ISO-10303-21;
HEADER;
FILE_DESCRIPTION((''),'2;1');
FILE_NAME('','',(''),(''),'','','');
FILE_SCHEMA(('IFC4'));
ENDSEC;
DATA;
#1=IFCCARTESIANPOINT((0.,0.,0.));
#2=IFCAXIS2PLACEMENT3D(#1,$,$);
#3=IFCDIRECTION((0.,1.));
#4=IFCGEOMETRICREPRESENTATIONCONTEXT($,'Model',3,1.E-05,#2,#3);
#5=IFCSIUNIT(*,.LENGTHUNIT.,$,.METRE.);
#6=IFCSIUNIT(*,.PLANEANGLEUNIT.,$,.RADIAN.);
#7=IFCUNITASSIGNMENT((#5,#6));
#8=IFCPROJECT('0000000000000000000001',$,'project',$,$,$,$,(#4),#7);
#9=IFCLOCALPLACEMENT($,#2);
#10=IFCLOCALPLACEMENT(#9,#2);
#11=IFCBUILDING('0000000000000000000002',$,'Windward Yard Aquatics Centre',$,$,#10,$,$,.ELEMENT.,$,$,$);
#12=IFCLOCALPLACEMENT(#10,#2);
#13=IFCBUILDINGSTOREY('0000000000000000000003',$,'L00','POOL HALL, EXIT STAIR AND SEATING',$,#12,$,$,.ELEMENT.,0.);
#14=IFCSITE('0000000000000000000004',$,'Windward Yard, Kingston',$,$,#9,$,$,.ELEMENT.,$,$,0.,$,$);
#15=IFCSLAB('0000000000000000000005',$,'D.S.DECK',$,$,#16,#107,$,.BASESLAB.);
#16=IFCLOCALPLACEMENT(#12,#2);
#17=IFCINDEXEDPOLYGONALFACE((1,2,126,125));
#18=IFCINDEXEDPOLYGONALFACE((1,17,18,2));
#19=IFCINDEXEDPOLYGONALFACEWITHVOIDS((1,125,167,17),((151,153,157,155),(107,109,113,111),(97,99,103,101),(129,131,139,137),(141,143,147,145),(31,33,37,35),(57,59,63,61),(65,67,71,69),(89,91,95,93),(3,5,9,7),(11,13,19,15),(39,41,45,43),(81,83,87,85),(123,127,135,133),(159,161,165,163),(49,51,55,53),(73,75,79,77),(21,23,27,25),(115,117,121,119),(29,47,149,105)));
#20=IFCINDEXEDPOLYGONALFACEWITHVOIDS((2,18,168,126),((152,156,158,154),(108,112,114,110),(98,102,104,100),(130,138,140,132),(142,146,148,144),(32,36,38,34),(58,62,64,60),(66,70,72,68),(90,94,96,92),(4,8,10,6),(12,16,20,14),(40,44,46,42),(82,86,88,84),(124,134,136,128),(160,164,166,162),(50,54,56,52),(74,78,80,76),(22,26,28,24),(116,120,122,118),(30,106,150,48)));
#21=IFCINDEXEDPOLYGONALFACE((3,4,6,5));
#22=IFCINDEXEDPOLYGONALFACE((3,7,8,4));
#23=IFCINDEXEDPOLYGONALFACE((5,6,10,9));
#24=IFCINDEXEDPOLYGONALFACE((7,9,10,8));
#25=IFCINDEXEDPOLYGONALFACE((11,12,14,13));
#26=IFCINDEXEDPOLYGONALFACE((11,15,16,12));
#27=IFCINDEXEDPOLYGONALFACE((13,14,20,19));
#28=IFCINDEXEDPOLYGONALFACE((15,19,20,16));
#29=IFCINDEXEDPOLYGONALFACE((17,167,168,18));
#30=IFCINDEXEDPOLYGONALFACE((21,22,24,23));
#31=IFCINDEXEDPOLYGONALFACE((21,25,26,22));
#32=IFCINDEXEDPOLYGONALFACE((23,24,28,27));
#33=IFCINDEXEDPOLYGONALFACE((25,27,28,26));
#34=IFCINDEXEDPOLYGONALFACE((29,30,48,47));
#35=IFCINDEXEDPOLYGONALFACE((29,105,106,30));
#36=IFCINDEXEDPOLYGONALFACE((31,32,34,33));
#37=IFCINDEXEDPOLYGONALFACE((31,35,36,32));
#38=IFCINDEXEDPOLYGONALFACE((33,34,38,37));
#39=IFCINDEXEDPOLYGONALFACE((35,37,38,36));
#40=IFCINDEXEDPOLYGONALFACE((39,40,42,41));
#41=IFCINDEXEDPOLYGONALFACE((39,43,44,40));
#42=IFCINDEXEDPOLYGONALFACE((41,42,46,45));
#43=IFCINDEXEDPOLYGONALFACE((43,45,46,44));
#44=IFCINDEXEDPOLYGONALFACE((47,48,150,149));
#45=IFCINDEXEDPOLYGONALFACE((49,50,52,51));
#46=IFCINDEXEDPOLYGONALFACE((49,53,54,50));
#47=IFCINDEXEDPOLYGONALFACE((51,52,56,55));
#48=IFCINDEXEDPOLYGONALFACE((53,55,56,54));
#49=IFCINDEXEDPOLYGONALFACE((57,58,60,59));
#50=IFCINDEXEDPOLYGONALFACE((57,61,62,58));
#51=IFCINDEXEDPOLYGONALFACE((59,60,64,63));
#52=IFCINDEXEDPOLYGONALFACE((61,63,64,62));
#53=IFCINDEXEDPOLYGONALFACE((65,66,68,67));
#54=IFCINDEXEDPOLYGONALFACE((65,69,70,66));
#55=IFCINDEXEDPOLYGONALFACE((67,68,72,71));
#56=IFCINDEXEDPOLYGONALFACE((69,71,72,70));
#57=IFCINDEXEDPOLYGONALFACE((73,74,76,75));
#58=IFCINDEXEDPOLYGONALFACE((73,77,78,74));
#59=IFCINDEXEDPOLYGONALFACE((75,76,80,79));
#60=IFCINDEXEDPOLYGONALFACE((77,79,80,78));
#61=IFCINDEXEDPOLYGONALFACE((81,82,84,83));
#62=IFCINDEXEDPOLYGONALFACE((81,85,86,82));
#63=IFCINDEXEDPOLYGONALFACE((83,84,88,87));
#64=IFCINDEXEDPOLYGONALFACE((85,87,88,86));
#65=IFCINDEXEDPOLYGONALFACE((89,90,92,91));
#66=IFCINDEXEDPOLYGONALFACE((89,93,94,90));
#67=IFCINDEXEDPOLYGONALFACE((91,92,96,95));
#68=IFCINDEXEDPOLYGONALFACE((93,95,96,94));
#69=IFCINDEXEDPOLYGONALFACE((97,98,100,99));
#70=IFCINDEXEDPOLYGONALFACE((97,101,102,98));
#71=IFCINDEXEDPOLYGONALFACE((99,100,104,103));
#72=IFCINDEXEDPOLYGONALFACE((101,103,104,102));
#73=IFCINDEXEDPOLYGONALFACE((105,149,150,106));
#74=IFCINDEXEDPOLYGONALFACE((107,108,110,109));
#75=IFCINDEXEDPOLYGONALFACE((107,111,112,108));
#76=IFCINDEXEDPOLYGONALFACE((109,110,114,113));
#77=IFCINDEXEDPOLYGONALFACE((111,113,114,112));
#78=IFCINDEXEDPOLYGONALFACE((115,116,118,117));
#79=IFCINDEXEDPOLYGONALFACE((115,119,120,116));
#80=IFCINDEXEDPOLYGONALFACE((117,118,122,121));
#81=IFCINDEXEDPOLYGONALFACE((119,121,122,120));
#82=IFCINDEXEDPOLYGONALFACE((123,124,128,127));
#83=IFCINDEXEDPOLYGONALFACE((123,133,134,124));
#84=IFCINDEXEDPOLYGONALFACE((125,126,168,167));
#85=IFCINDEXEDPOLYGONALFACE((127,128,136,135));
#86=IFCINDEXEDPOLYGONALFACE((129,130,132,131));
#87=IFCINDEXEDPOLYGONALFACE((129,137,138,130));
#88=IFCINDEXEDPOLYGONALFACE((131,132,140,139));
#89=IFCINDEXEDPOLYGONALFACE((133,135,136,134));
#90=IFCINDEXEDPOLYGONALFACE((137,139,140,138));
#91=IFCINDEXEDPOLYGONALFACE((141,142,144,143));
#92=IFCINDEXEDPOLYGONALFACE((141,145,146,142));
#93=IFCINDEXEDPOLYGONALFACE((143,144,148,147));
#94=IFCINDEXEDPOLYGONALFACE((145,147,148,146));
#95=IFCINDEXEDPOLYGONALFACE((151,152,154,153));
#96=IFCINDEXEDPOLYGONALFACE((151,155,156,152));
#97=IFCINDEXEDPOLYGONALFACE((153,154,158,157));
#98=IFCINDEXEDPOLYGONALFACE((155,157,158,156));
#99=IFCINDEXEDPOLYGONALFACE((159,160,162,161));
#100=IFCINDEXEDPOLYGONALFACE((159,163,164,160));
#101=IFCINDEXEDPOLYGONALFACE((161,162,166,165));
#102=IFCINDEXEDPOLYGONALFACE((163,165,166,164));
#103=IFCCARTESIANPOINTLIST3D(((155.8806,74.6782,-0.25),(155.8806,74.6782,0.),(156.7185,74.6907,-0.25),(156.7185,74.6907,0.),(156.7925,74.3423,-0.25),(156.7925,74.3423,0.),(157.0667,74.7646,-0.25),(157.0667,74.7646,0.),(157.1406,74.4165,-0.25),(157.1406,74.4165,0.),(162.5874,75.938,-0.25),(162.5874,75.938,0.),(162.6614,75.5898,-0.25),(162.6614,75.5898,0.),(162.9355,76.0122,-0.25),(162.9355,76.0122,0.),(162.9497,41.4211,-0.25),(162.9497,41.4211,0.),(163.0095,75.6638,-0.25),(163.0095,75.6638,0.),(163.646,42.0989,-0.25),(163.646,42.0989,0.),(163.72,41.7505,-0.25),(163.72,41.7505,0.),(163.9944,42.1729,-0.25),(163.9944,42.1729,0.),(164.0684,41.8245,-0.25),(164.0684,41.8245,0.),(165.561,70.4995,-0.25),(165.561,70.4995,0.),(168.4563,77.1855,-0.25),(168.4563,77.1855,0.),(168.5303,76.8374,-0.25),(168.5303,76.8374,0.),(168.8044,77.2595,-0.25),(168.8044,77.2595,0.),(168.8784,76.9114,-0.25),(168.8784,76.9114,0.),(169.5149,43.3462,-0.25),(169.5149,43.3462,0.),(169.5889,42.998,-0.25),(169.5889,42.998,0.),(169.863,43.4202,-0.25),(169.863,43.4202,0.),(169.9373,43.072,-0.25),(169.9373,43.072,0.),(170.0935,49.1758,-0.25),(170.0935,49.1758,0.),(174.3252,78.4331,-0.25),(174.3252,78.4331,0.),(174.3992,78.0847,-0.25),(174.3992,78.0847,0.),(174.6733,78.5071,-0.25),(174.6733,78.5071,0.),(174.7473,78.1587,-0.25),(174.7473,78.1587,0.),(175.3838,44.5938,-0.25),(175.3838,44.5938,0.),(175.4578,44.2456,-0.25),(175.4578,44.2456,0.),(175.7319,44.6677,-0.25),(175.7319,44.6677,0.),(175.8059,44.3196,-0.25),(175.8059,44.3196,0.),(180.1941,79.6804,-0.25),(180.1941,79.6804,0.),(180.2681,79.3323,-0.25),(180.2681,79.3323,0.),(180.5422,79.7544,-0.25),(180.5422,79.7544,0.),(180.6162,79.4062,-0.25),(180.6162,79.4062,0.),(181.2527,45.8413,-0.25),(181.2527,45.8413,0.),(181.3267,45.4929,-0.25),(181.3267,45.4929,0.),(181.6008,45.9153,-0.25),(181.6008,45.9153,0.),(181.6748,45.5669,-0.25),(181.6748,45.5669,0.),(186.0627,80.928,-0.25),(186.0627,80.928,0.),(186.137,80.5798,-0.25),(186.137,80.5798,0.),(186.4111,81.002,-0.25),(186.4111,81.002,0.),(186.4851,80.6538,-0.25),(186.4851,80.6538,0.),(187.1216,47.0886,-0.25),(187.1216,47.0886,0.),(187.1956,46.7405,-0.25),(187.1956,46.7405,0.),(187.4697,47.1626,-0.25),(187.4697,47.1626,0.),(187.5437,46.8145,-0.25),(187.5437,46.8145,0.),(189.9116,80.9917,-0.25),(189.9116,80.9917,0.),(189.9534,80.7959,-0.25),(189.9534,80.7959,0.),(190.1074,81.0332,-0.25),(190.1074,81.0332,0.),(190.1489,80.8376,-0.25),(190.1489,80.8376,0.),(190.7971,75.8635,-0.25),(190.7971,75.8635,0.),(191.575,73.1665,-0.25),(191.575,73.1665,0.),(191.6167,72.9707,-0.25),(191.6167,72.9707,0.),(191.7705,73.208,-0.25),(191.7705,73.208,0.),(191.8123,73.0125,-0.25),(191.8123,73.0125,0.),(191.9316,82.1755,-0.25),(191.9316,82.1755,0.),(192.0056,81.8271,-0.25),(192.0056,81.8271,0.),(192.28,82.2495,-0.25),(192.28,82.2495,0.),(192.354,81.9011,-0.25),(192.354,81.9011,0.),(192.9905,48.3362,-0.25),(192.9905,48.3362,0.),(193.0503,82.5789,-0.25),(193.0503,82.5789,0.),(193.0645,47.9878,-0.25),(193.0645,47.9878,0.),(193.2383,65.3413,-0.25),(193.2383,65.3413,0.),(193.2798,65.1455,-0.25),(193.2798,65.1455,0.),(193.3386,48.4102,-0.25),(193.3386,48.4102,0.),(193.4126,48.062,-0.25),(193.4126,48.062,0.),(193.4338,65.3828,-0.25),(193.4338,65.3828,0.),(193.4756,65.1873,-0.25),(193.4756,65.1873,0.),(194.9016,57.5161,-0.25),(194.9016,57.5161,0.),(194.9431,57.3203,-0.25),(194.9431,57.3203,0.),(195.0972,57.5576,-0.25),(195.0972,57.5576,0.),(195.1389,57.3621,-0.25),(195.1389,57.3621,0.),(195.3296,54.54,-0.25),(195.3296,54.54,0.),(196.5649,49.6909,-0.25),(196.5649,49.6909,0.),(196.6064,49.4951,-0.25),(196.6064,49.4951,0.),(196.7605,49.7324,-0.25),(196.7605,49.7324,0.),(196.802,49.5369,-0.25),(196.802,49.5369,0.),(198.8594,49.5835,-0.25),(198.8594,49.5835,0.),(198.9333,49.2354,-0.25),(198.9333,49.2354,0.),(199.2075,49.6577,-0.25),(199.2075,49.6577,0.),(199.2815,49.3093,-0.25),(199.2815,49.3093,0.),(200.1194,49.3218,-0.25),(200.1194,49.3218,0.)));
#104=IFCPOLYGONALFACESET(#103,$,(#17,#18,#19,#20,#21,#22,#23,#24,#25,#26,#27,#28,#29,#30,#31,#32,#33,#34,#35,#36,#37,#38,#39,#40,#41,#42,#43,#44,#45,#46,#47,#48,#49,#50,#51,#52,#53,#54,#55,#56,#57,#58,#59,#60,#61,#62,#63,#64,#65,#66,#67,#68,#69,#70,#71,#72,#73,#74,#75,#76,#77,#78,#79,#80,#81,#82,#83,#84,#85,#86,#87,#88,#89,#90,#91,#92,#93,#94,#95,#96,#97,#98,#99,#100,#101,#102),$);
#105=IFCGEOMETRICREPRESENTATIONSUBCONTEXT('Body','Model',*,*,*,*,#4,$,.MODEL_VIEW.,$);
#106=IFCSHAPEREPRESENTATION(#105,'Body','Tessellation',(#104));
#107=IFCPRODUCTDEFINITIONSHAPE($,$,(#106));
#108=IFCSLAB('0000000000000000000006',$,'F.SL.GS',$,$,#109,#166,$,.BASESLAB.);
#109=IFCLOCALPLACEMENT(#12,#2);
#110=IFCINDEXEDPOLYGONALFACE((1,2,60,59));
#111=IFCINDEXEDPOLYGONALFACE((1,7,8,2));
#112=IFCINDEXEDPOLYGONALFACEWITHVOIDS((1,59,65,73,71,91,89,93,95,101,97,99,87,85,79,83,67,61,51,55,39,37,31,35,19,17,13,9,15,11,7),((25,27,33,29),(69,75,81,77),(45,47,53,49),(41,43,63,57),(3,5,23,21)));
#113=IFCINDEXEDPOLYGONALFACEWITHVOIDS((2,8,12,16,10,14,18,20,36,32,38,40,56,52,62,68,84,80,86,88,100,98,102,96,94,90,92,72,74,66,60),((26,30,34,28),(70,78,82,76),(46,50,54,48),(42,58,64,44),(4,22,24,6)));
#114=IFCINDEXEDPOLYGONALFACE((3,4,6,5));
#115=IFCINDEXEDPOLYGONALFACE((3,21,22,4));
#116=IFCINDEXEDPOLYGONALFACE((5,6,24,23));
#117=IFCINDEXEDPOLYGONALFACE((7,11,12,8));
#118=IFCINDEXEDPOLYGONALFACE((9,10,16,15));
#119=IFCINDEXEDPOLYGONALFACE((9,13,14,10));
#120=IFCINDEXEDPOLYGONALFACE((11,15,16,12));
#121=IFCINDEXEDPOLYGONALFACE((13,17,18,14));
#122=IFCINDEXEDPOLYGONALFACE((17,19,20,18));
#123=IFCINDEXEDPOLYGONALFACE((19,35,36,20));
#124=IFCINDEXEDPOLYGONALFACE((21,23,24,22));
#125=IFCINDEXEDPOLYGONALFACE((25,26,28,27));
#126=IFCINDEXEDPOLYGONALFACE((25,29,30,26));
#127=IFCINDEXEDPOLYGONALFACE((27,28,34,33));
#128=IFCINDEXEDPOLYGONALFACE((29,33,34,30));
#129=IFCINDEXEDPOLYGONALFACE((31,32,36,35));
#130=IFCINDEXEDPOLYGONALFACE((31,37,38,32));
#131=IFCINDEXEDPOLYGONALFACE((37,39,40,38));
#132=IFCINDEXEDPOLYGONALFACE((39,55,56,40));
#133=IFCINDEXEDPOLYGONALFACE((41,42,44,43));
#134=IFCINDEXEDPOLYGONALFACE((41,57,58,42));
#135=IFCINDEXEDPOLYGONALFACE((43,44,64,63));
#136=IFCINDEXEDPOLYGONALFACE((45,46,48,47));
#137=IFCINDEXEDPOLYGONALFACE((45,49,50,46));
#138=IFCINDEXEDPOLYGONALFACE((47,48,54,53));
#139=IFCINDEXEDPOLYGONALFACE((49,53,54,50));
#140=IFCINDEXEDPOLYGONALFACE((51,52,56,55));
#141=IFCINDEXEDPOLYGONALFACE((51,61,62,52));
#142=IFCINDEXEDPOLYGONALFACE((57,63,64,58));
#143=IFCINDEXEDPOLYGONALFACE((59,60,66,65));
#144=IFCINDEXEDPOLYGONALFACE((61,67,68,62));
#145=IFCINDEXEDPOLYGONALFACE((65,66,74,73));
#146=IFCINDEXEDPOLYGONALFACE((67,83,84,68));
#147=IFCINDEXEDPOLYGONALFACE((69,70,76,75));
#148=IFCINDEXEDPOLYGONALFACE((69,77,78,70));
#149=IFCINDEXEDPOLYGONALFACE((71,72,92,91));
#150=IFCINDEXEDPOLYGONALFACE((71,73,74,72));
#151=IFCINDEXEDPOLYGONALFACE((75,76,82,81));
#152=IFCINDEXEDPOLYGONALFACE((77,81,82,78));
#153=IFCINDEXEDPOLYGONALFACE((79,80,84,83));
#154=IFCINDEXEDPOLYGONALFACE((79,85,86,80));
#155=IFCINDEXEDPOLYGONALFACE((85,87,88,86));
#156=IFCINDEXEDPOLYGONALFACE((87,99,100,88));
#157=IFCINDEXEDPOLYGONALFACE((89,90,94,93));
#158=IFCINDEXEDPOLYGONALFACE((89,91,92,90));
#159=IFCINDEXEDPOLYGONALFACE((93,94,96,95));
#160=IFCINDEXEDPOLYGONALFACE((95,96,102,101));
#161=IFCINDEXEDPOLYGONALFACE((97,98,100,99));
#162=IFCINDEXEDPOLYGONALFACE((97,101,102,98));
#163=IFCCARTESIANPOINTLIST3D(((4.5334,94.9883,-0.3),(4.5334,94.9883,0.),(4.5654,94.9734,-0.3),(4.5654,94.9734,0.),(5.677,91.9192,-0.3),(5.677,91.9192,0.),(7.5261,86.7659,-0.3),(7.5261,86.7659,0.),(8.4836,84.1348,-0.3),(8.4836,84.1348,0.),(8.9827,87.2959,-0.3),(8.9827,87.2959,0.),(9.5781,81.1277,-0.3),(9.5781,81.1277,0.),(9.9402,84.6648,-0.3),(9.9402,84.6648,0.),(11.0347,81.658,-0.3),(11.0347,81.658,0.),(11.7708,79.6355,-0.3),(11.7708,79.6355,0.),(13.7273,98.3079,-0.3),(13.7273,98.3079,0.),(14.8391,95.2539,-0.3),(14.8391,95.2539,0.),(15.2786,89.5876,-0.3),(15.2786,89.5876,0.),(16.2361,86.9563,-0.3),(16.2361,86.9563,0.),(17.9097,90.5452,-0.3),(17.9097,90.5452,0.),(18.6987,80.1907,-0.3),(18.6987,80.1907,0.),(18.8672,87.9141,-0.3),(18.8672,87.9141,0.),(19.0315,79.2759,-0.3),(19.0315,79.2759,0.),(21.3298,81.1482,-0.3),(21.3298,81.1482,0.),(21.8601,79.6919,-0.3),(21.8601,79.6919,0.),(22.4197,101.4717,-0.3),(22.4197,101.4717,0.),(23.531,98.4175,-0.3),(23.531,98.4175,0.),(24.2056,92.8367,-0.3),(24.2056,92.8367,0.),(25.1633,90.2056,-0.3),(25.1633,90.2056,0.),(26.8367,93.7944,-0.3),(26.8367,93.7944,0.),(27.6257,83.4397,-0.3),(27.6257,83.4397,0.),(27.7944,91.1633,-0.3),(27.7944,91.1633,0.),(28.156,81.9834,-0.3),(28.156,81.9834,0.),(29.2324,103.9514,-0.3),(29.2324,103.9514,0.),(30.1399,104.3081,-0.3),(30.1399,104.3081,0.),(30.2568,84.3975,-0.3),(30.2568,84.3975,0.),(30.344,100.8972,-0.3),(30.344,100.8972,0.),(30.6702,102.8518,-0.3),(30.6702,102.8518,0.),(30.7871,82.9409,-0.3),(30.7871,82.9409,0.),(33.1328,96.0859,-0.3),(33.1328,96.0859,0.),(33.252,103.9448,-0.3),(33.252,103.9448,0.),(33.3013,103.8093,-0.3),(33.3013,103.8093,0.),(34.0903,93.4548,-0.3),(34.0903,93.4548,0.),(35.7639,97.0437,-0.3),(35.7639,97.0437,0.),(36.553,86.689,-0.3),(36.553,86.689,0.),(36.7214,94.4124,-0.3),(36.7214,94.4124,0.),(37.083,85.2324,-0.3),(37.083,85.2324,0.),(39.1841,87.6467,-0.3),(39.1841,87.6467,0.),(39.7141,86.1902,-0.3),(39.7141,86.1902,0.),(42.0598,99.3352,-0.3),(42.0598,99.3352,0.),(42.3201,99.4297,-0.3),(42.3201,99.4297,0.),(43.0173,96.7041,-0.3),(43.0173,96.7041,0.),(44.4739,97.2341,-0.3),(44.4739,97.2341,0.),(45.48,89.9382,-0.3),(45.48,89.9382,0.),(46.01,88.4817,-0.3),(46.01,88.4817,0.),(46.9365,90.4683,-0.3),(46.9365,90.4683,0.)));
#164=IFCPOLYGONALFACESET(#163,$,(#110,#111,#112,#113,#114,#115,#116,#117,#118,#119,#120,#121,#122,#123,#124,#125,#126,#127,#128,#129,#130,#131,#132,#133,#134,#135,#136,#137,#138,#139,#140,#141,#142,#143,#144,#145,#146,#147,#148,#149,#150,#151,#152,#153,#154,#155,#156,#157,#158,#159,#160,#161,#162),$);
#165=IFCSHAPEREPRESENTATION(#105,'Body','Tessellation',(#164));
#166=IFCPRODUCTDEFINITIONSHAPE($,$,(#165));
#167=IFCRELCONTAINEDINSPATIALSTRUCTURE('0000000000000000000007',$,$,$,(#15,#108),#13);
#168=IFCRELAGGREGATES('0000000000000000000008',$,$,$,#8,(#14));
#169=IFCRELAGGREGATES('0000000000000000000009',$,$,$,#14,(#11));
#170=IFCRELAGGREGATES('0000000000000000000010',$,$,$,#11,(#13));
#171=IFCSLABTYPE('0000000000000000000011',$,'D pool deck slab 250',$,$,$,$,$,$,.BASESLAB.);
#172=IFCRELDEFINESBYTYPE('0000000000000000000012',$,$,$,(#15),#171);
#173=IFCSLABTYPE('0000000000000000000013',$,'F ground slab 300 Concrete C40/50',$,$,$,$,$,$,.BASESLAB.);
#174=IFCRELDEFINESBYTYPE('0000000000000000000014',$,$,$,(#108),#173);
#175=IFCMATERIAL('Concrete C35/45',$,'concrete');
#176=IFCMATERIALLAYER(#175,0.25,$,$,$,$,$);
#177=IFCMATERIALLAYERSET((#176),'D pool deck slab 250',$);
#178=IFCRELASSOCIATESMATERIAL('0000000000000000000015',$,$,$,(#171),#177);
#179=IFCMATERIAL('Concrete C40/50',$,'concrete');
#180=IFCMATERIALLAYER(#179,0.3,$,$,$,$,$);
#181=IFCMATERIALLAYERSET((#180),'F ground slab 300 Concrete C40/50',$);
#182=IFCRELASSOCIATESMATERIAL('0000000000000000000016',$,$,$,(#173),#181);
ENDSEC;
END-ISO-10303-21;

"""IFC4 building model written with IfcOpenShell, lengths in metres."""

from ifc_helpers import new_model, si_unit, direction, frame, origin, place, context, subcontext, project, spatial, polyline, outline, extrude, material, layer, layer_set, type_object, element, save


model = new_model("IFC4")

# Units and contexts
model_context = context("Model", 3, precision=1e-05, world=origin(), true_north=direction((0.0, 1.0)))
body_context = subcontext(model_context, "Body", "Model", "MODEL_VIEW")
ifc_project = project(units=[si_unit("LENGTHUNIT", "METRE"), si_unit("PLANEANGLEUNIT", "RADIAN")], contexts=[model_context])

# Site, building, storey
site_placement = place(None, origin())
site = spatial("IfcSite", under=ifc_project, at=site_placement, Name="Windward Yard, Kingston", CompositionType="ELEMENT", RefElevation=0.0)
building_placement = place(site_placement, origin())
building = spatial("IfcBuilding", under=site, at=building_placement, Name="Windward Yard Aquatics Centre", CompositionType="ELEMENT")
storey_placement = place(building_placement, origin())
storey = spatial("IfcBuildingStorey", under=building, at=storey_placement, Name="L00", Description="POOL HALL, EXIT STAIR AND SEATING", CompositionType="ELEMENT", Elevation=0.0)

# Slabs
ifc_material_1 = material(Name="Concrete C35/45", Category="concrete")
ifc_layer_1 = layer(ifc_material_1, 0.25)
ifc_layer_set_1 = layer_set([ifc_layer_1], Name="D pool deck slab 250")
slab_type_1 = type_object("IfcSlabType", Name="D pool deck slab 250", PredefinedType="BASESLAB", material=ifc_layer_set_1)
slab_1_placement = place(storey_placement, frame((0.0, 0.0, -0.25)))
element("IfcSlab", 1, at=slab_1_placement, inside=storey, type_object=slab_type_1, Name="D.S.DECK", PredefinedType="BASESLAB", context=body_context, shape_type="SweptSolid", body=[
    extrude(outline(polyline([(155.8806, 74.6782), (162.9497, 41.4211), (200.1194, 49.3218), (193.0503, 82.5789), (155.8806, 74.6782)]), holes=[polyline([(163.646, 42.0989), (163.9944, 42.1729), (164.0684, 41.8245), (163.72, 41.7505), (163.646, 42.0989)]), polyline([(169.5149, 43.3462), (169.863, 43.4202), (169.9373, 43.072), (169.5889, 42.998), (169.5149, 43.3462)]), polyline([(175.3838, 44.5938), (175.7319, 44.6677), (175.8059, 44.3196), (175.4578, 44.2456), (175.3838, 44.5938)]), polyline([(181.2527, 45.8413), (181.6008, 45.9153), (181.6748, 45.5669), (181.3267, 45.4929), (181.2527, 45.8413)]), polyline([(165.561, 70.4995), (190.7971, 75.8635), (195.3296, 54.54), (170.0935, 49.1758), (165.561, 70.4995)]), polyline([(156.7185, 74.6907), (157.0667, 74.7646), (157.1406, 74.4165), (156.7925, 74.3423), (156.7185, 74.6907)]), polyline([(162.5874, 75.938), (162.9355, 76.0122), (163.0095, 75.6638), (162.6614, 75.5898), (162.5874, 75.938)]), polyline([(168.4563, 77.1855), (168.8044, 77.2595), (168.8784, 76.9114), (168.5303, 76.8374), (168.4563, 77.1855)]), polyline([(174.3252, 78.4331), (174.6733, 78.5071), (174.7473, 78.1587), (174.3992, 78.0847), (174.3252, 78.4331)]), polyline([(180.1941, 79.6804), (180.5422, 79.7544), (180.6162, 79.4062), (180.2681, 79.3323), (180.1941, 79.6804)]), polyline([(187.1216, 47.0886), (187.4697, 47.1626), (187.5437, 46.8145), (187.1956, 46.7405), (187.1216, 47.0886)]), polyline([(192.9905, 48.3362), (193.3386, 48.4102), (193.4126, 48.062), (193.0645, 47.9878), (192.9905, 48.3362)]), polyline([(198.8594, 49.5835), (199.2075, 49.6577), (199.2815, 49.3093), (198.9333, 49.2354), (198.8594, 49.5835)]), polyline([(196.5649, 49.6909), (196.7605, 49.7324), (196.802, 49.5369), (196.6064, 49.4951), (196.5649, 49.6909)]), polyline([(194.9016, 57.5161), (195.0972, 57.5576), (195.1389, 57.3621), (194.9431, 57.3203), (194.9016, 57.5161)]), polyline([(193.2383, 65.3413), (193.4338, 65.3828), (193.4756, 65.1873), (193.2798, 65.1455), (193.2383, 65.3413)]), polyline([(191.575, 73.1665), (191.7705, 73.208), (191.8123, 73.0125), (191.6167, 72.9707), (191.575, 73.1665)]), polyline([(189.9116, 80.9917), (190.1074, 81.0332), (190.1489, 80.8376), (189.9534, 80.7959), (189.9116, 80.9917)]), polyline([(186.0627, 80.928), (186.4111, 81.002), (186.4851, 80.6538), (186.137, 80.5798), (186.0627, 80.928)]), polyline([(191.9316, 82.1755), (192.28, 82.2495), (192.354, 81.9011), (192.0056, 81.8271), (191.9316, 82.1755)])]), origin(), (0.0, 0.0, 1.0), 0.25),
])
ifc_material_2 = material(Name="Concrete C40/50", Category="concrete")
ifc_layer_2 = layer(ifc_material_2, 0.3)
ifc_layer_set_2 = layer_set([ifc_layer_2], Name="F ground slab 300 Concrete C40/50")
slab_type_2 = type_object("IfcSlabType", Name="F ground slab 300 Concrete C40/50", PredefinedType="BASESLAB", material=ifc_layer_set_2)
slab_2_placement = place(storey_placement, frame((0.0, 0.0, -0.3)))
element("IfcSlab", 2, at=slab_2_placement, inside=storey, type_object=slab_type_2, Name="F.SL.GS", PredefinedType="BASESLAB", context=body_context, shape_type="SweptSolid", body=[
    extrude(outline(polyline([(4.5334, 94.9883), (7.5261, 86.7659), (8.9827, 87.2959), (9.9402, 84.6648), (8.4836, 84.1348), (9.5781, 81.1277), (11.0347, 81.658), (11.7708, 79.6355), (19.0315, 79.2759), (18.6987, 80.1907), (21.3298, 81.1482), (21.8601, 79.6919), (28.156, 81.9834), (27.6257, 83.4397), (30.2568, 84.3975), (30.7871, 82.9409), (37.083, 85.2324), (36.553, 86.689), (39.1841, 87.6467), (39.7141, 86.1902), (46.01, 88.4817), (45.48, 89.9382), (46.9365, 90.4683), (44.4739, 97.2341), (43.0173, 96.7041), (42.0598, 99.3352), (42.3201, 99.4297), (33.252, 103.9448), (33.3013, 103.8093), (30.6702, 102.8518), (30.1399, 104.3081), (4.5334, 94.9883)]), holes=[polyline([(15.2786, 89.5876), (17.9097, 90.5452), (18.8672, 87.9141), (16.2361, 86.9563), (15.2786, 89.5876)]), polyline([(24.2056, 92.8367), (26.8367, 93.7944), (27.7944, 91.1633), (25.1633, 90.2056), (24.2056, 92.8367)]), polyline([(33.1328, 96.0859), (35.7639, 97.0437), (36.7214, 94.4124), (34.0903, 93.4548), (33.1328, 96.0859)]), polyline([(22.4197, 101.4717), (29.2324, 103.9514), (30.344, 100.8972), (23.531, 98.4175), (22.4197, 101.4717)]), polyline([(4.5654, 94.9734), (13.7273, 98.3079), (14.8391, 95.2539), (5.677, 91.9192), (4.5654, 94.9734)])]), origin(), (0.0, 0.0, 1.0), 0.3),
])

save(model, "model.ifc")
